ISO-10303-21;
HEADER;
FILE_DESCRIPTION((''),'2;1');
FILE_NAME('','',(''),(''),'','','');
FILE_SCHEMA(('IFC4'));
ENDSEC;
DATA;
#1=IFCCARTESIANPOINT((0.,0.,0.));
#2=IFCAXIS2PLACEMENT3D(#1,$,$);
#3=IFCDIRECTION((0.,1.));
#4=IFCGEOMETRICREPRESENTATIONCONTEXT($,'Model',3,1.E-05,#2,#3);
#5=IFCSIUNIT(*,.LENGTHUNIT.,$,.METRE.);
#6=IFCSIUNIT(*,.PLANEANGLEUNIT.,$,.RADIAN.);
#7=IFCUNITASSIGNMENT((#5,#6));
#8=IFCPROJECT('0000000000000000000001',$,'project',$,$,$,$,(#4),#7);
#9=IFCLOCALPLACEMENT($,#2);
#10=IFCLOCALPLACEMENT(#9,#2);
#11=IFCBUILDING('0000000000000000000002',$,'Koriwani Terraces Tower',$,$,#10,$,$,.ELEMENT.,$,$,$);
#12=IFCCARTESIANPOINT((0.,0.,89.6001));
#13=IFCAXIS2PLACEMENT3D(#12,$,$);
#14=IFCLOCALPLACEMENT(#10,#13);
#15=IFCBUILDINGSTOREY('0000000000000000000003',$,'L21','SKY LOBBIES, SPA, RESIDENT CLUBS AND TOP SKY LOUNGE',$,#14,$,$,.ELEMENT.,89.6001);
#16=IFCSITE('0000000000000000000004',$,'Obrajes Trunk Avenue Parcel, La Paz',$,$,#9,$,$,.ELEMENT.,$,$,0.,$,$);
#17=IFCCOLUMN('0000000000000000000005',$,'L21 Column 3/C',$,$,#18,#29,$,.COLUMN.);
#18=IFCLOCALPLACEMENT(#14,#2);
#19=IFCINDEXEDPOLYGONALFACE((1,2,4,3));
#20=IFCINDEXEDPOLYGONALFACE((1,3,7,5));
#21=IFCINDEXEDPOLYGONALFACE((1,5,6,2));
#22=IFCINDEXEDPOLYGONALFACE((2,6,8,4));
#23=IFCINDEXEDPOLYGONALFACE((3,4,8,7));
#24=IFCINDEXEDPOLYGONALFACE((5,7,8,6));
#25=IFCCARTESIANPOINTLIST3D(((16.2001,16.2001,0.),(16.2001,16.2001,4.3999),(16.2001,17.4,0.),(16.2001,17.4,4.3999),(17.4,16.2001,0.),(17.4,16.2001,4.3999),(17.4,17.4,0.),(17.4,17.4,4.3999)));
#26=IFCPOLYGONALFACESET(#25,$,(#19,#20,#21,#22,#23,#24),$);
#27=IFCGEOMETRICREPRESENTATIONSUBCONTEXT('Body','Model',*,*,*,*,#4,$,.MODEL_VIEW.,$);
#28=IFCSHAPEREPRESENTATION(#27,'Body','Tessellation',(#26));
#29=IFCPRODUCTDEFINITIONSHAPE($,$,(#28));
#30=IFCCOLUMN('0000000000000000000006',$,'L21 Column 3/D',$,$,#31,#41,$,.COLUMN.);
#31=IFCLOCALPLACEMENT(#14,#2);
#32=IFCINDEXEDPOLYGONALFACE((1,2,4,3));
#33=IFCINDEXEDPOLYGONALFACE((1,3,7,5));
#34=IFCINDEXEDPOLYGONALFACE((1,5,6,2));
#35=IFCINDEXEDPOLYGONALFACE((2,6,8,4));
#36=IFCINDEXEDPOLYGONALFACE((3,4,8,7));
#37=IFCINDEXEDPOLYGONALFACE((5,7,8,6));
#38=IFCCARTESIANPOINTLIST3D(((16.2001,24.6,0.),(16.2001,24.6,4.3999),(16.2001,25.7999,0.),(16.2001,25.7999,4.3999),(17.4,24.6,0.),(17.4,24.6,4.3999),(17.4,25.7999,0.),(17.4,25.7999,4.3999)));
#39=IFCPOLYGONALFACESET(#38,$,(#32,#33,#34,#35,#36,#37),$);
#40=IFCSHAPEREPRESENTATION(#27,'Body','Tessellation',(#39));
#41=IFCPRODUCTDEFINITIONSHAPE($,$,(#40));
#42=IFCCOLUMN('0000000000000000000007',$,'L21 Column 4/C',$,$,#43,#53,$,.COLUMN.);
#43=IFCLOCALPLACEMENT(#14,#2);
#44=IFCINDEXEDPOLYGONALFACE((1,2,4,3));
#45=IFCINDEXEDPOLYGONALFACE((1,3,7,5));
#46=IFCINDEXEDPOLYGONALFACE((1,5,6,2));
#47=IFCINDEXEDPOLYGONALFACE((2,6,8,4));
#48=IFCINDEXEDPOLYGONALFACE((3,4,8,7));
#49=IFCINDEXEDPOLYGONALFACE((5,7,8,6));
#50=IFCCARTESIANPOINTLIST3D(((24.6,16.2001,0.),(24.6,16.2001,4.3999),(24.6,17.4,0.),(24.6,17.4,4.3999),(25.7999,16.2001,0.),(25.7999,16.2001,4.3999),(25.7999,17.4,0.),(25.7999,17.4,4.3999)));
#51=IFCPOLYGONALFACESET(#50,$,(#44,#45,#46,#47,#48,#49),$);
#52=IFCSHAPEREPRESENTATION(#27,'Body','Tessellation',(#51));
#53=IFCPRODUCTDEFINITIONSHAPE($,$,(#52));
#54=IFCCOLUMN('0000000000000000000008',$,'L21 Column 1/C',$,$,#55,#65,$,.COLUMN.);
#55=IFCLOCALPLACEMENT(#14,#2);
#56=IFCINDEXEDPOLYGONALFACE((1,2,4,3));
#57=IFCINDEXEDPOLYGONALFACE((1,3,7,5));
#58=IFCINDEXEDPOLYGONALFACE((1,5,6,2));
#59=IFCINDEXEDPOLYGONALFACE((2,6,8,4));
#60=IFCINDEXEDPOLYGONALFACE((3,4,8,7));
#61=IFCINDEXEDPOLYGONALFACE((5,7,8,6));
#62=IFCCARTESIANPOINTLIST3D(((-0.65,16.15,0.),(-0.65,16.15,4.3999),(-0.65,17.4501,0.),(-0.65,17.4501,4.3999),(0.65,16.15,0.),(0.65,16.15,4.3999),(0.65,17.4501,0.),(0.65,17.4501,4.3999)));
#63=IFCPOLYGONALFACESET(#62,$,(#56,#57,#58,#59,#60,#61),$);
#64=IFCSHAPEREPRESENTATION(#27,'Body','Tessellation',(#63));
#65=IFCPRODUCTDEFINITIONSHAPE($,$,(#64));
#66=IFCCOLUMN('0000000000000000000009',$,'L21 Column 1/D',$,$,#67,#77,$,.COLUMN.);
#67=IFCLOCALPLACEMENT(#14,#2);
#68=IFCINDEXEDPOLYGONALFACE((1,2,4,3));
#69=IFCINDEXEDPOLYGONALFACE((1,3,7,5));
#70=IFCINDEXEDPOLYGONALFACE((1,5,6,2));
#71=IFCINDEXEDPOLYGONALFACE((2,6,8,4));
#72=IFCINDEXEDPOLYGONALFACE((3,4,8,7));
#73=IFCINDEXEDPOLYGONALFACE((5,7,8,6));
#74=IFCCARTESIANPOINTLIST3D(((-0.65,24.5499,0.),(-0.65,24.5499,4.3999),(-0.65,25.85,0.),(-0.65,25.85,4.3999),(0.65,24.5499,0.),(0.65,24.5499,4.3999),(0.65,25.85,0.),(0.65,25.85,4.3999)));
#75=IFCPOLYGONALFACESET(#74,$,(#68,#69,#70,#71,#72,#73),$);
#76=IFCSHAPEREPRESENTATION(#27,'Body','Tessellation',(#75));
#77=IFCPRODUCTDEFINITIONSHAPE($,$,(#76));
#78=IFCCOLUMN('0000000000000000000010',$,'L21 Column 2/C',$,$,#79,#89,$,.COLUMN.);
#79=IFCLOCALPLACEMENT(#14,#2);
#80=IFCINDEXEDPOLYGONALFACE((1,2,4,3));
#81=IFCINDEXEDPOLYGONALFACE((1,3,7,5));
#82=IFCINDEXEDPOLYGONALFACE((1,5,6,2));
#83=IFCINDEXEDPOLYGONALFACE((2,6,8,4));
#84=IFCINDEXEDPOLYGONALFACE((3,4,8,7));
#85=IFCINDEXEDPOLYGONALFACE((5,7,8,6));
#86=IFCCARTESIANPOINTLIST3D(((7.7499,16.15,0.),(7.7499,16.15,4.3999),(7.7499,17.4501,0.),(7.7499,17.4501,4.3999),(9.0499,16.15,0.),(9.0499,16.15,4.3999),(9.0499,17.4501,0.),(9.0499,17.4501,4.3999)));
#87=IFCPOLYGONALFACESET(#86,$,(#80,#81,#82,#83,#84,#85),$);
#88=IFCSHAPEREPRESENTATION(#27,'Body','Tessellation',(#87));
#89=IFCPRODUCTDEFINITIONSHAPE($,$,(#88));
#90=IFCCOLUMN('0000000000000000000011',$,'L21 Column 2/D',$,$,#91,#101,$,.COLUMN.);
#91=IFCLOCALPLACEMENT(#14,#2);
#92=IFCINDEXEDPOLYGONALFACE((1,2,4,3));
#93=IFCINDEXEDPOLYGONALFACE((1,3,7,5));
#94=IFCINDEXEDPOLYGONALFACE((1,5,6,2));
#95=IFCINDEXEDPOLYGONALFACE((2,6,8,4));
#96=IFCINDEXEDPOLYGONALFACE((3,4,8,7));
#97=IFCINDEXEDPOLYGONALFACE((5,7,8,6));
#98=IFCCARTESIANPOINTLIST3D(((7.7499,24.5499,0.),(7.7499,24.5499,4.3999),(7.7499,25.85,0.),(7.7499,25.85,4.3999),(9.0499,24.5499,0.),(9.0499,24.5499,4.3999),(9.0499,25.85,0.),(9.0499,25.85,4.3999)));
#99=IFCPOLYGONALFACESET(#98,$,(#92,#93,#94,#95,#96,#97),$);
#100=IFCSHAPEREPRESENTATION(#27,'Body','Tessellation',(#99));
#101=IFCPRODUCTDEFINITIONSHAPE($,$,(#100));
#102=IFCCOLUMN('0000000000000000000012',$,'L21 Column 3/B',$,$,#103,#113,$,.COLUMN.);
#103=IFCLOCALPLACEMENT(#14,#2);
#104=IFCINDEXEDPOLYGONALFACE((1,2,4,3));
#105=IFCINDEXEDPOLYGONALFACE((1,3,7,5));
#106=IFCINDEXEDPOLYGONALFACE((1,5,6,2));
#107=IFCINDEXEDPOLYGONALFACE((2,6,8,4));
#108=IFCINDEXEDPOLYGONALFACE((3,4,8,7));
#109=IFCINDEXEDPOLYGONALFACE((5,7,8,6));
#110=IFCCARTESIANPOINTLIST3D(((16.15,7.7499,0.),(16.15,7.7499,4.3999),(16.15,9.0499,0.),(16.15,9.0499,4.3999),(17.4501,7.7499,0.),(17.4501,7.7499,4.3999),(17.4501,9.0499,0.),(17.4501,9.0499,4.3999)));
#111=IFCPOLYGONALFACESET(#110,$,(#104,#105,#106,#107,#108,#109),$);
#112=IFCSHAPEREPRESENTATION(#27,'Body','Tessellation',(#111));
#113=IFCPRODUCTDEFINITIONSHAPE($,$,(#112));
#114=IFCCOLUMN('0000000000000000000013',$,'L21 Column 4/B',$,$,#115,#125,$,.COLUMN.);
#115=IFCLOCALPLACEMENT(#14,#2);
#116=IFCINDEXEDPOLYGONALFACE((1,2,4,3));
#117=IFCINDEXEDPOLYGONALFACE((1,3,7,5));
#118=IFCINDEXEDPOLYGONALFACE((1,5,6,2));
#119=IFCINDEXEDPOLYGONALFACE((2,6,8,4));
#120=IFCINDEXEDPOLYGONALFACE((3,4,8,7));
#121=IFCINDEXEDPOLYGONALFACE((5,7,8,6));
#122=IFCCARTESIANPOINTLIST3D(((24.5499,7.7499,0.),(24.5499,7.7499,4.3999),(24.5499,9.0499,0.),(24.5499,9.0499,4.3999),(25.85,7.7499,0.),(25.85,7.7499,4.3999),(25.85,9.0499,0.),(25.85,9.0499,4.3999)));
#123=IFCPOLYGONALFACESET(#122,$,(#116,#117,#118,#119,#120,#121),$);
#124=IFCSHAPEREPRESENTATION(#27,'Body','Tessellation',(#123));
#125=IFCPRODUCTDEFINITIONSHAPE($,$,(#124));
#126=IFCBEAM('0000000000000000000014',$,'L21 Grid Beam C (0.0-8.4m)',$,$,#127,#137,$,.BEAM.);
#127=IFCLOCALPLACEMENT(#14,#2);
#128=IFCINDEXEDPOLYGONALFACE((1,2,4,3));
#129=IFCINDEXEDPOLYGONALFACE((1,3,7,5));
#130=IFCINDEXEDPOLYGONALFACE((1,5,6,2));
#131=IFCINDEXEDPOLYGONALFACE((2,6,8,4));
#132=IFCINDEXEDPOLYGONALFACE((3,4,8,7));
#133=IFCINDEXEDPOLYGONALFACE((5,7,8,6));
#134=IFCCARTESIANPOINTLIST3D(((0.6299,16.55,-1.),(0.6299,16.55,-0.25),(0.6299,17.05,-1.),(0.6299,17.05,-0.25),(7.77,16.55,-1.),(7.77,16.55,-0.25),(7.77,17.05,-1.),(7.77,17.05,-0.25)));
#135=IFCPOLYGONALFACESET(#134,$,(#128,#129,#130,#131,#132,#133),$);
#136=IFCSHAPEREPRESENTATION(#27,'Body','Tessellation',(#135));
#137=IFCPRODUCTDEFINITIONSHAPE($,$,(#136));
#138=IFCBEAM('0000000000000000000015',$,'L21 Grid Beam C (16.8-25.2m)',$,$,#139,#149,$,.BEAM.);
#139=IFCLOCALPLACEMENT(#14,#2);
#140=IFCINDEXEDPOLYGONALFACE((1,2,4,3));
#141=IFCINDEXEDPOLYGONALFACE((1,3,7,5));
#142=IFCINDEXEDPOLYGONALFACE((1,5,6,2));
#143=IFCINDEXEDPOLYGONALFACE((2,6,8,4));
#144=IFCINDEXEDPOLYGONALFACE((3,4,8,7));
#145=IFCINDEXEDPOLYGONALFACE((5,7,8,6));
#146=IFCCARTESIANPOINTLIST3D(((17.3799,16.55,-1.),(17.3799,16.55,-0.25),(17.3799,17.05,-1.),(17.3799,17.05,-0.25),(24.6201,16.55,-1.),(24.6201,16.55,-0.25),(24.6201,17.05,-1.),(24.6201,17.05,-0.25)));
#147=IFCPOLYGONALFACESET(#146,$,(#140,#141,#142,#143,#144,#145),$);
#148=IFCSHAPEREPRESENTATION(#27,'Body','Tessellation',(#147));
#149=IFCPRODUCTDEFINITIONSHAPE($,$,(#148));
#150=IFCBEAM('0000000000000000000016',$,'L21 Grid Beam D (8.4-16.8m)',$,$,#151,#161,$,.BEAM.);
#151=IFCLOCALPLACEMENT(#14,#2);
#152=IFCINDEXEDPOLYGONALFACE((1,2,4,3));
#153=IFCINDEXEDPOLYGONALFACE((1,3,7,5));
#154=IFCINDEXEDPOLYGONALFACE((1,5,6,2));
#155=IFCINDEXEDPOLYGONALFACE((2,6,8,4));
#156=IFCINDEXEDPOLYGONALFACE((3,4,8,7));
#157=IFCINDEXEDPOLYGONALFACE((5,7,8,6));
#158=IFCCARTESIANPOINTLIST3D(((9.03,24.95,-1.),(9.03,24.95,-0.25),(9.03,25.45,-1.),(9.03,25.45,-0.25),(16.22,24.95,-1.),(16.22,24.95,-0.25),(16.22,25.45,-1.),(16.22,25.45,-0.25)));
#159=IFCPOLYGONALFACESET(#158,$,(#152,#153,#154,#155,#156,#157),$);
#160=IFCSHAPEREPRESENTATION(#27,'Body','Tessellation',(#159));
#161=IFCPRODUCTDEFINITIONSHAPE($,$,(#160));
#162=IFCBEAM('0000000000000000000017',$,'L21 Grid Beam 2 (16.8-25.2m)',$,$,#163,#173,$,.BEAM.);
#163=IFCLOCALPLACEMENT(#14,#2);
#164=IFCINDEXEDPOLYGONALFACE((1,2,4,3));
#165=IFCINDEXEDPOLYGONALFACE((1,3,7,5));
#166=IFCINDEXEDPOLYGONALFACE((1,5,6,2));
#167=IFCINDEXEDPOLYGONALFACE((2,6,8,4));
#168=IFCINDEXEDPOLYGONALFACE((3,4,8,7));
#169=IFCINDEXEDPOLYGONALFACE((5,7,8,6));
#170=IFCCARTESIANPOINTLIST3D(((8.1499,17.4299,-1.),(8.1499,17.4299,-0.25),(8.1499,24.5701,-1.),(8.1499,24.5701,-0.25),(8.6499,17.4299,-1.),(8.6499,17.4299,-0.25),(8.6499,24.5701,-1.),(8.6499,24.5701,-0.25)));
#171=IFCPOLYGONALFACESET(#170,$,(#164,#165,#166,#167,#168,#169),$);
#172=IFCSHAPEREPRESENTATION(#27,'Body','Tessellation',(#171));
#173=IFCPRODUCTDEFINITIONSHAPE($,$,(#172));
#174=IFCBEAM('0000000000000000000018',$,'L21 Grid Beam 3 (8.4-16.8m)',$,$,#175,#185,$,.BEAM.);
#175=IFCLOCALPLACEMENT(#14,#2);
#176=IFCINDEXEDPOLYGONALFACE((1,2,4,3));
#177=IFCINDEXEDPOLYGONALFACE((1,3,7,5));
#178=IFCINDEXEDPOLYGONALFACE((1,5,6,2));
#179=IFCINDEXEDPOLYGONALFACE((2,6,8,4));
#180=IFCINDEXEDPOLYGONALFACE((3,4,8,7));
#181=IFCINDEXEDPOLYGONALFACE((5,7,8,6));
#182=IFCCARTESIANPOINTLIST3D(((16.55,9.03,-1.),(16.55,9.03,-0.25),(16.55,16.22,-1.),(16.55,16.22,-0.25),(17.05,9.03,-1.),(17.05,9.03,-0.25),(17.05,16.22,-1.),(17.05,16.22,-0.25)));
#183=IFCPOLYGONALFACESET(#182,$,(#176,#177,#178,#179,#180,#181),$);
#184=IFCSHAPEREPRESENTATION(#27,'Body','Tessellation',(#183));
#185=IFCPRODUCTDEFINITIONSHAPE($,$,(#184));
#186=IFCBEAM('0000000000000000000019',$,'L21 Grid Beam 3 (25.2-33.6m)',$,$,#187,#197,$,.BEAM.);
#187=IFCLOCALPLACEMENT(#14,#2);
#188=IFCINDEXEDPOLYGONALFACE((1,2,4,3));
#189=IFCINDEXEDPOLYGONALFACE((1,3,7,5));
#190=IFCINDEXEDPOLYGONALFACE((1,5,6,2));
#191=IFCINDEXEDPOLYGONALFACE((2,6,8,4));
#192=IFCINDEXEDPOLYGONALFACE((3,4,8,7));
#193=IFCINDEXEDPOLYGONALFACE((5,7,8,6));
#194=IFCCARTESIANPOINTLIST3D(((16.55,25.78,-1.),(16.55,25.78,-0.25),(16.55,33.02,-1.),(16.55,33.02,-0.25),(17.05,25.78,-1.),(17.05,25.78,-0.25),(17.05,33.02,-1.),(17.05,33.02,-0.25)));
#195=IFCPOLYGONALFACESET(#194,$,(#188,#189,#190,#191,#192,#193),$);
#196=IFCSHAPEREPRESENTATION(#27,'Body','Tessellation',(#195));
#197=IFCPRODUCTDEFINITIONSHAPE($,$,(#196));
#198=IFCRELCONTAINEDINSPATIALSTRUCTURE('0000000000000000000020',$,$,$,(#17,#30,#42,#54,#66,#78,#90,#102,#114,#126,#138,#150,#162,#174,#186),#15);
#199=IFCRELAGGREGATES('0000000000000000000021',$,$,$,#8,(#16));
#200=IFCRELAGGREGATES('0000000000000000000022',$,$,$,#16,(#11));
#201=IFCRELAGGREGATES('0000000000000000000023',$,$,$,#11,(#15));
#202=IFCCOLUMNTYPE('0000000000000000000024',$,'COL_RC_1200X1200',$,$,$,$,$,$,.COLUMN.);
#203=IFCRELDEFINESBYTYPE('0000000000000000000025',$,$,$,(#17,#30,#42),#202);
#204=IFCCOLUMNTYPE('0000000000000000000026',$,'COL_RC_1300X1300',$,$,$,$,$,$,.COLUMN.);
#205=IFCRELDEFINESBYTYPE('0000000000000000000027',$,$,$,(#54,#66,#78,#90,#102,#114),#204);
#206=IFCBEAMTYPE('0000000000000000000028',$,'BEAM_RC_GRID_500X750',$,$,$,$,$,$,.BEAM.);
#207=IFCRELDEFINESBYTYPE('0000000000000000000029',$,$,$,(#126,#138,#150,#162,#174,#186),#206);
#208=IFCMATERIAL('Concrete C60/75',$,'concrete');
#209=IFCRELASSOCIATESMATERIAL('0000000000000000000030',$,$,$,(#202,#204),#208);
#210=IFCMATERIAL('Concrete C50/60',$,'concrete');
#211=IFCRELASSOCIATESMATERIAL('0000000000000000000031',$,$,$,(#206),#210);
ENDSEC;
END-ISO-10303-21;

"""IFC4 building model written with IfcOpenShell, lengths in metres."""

from ifc_helpers import new_model, si_unit, direction, frame, origin, origin_2d, place, context, subcontext, project, spatial, rectangle, extrude, material, material_profile, profile_set, type_object, element, save


model = new_model("IFC4")

# Units and contexts
model_context = context("Model", 3, precision=1e-05, world=origin(), true_north=direction((0.0, 1.0)))
body_context = subcontext(model_context, "Body", "Model", "MODEL_VIEW")
ifc_project = project(units=[si_unit("LENGTHUNIT", "METRE"), si_unit("PLANEANGLEUNIT", "RADIAN")], contexts=[model_context])

# Site, building, storey
site_placement = place(None, origin())
site = spatial("IfcSite", under=ifc_project, at=site_placement, Name="Obrajes Trunk Avenue Parcel, La Paz", CompositionType="ELEMENT", RefElevation=0.0)
building_placement = place(site_placement, origin())
building = spatial("IfcBuilding", under=site, at=building_placement, Name="Koriwani Terraces Tower", CompositionType="ELEMENT")
storey_placement = place(building_placement, frame((0.0, 0.0, 89.6001)))
storey = spatial("IfcBuildingStorey", under=building, at=storey_placement, Name="L21", Description="SKY LOBBIES, SPA, RESIDENT CLUBS AND TOP SKY LOUNGE", CompositionType="ELEMENT", Elevation=89.6001)

# Columns
ifc_material_1 = material(Name="Concrete C60/75", Category="concrete")
ifc_material_profile_1 = material_profile(ifc_material_1, rectangle(XDim=1.2, YDim=1.2, at=origin_2d()), Name="Concrete C60/75", Category="LoadBearing")
ifc_profile_set_1 = profile_set([ifc_material_profile_1], Name="Concrete C60/75")
column_type_1 = type_object("IfcColumnType", Name="COL_RC_1200X1200", PredefinedType="COLUMN", material=ifc_profile_set_1)
for number, where, z_axis, x_axis, name in (
    (1, (16.8, 16.8, 0.0), (0.0, 0.0, 1.0), (1.0, 0.0, 0.0), "L21 Column 3/C"),
    (2, (16.8, 25.2, 0.0), (0.0, 0.0, 1.0), (1.0, 0.0, 0.0), "L21 Column 3/D"),
    (3, (25.2, 16.8, 0.0), (0.0, 0.0, 1.0), (1.0, 0.0, 0.0), "L21 Column 4/C"),
):
    element("IfcColumn", number, at=place(storey_placement, frame(where, z_axis=z_axis, x_axis=x_axis)), inside=storey, type_object=column_type_1, Name=name, PredefinedType="COLUMN", context=body_context, shape_type="SweptSolid", body=[
        extrude(rectangle(XDim=1.2, YDim=1.2, at=origin_2d()), origin(), (0.0, 0.0, 1.0), 4.3999),
    ])
ifc_material_profile_2 = material_profile(ifc_material_1, rectangle(XDim=1.3, YDim=1.3, at=origin_2d()), Name="Concrete C60/75", Category="LoadBearing")
ifc_profile_set_2 = profile_set([ifc_material_profile_2], Name="Concrete C60/75")
column_type_2 = type_object("IfcColumnType", Name="COL_RC_1300X1300", PredefinedType="COLUMN", material=ifc_profile_set_2)
for number, where, z_axis, x_axis, name in (
    (4, (0.0, 16.8, 0.0), (0.0, 0.0, 1.0), (1.0, 0.0, 0.0), "L21 Column 1/C"),
    (5, (0.0, 25.2, 0.0), (0.0, 0.0, 1.0), (1.0, 0.0, 0.0), "L21 Column 1/D"),
    (6, (8.3999, 16.8, 0.0), (0.0, 0.0, 1.0), (1.0, 0.0, 0.0), "L21 Column 2/C"),
    (7, (8.3999, 25.2, 0.0), (0.0, 0.0, 1.0), (1.0, 0.0, 0.0), "L21 Column 2/D"),
    (8, (16.8, 8.3999, 0.0), (0.0, 0.0, 1.0), (1.0, 0.0, 0.0), "L21 Column 3/B"),
    (9, (25.2, 8.3999, 0.0), (0.0, 0.0, 1.0), (1.0, 0.0, 0.0), "L21 Column 4/B"),
):
    element("IfcColumn", number, at=place(storey_placement, frame(where, z_axis=z_axis, x_axis=x_axis)), inside=storey, type_object=column_type_2, Name=name, PredefinedType="COLUMN", context=body_context, shape_type="SweptSolid", body=[
        extrude(rectangle(XDim=1.3, YDim=1.3, at=origin_2d()), origin(), (0.0, 0.0, 1.0), 4.3999),
    ])

# Beams
ifc_material_2 = material(Name="Concrete C50/60", Category="concrete")
ifc_material_profile_3 = material_profile(ifc_material_2, rectangle(XDim=0.5, YDim=0.75, at=origin_2d()), Name="Concrete C50/60", Category="LoadBearing")
ifc_profile_set_3 = profile_set([ifc_material_profile_3], Name="Concrete C50/60")
beam_type_1 = type_object("IfcBeamType", Name="BEAM_RC_GRID_500X750", PredefinedType="BEAM", material=ifc_profile_set_3)
beam_1_placement = place(storey_placement, frame((0.6299, 16.8, -0.625), z_axis=(1.0, 0.0, 0.0), x_axis=(0.0, 1.0, 0.0)))
element("IfcBeam", 10, at=beam_1_placement, inside=storey, type_object=beam_type_1, Name="L21 Grid Beam C (0.0-8.4m)", PredefinedType="BEAM", context=body_context, shape_type="SweptSolid", body=[
    extrude(rectangle(XDim=0.5, YDim=0.75, at=origin_2d()), origin(), (0.0, 0.0, 1.0), 7.1401),
])
beam_2_placement = place(storey_placement, frame((17.3799, 16.8, -0.625), z_axis=(1.0, 0.0, 0.0), x_axis=(0.0, 1.0, 0.0)))
element("IfcBeam", 11, at=beam_2_placement, inside=storey, type_object=beam_type_1, Name="L21 Grid Beam C (16.8-25.2m)", PredefinedType="BEAM", context=body_context, shape_type="SweptSolid", body=[
    extrude(rectangle(XDim=0.5, YDim=0.75, at=origin_2d()), origin(), (0.0, 0.0, 1.0), 7.2402),
])
beam_3_placement = place(storey_placement, frame((9.03, 25.2, -0.625), z_axis=(1.0, 0.0, 0.0), x_axis=(0.0, 1.0, 0.0)))
element("IfcBeam", 12, at=beam_3_placement, inside=storey, type_object=beam_type_1, Name="L21 Grid Beam D (8.4-16.8m)", PredefinedType="BEAM", context=body_context, shape_type="SweptSolid", body=[
    extrude(rectangle(XDim=0.5, YDim=0.75, at=origin_2d()), origin(), (0.0, 0.0, 1.0), 7.1899),
])
beam_4_placement = place(storey_placement, frame((8.3999, 17.4299, -0.625), z_axis=(0.0, 1.0, 0.0), x_axis=(-1.0, 0.0, 0.0)))
element("IfcBeam", 13, at=beam_4_placement, inside=storey, type_object=beam_type_1, Name="L21 Grid Beam 2 (16.8-25.2m)", PredefinedType="BEAM", context=body_context, shape_type="SweptSolid", body=[
    extrude(rectangle(XDim=0.5, YDim=0.75, at=origin_2d()), origin(), (0.0, 0.0, 1.0), 7.1401),
])
beam_5_placement = place(storey_placement, frame((16.8, 9.03, -0.625), z_axis=(0.0, 1.0, 0.0), x_axis=(-1.0, 0.0, 0.0)))
element("IfcBeam", 14, at=beam_5_placement, inside=storey, type_object=beam_type_1, Name="L21 Grid Beam 3 (8.4-16.8m)", PredefinedType="BEAM", context=body_context, shape_type="SweptSolid", body=[
    extrude(rectangle(XDim=0.5, YDim=0.75, at=origin_2d()), origin(), (0.0, 0.0, 1.0), 7.1899),
])
beam_6_placement = place(storey_placement, frame((16.8, 25.78, -0.625), z_axis=(0.0, 1.0, 0.0), x_axis=(-1.0, 0.0, 0.0)))
element("IfcBeam", 15, at=beam_6_placement, inside=storey, type_object=beam_type_1, Name="L21 Grid Beam 3 (25.2-33.6m)", PredefinedType="BEAM", context=body_context, shape_type="SweptSolid", body=[
    extrude(rectangle(XDim=0.5, YDim=0.75, at=origin_2d()), origin(), (0.0, 0.0, 1.0), 7.24),
])

save(model, "model.ifc")
